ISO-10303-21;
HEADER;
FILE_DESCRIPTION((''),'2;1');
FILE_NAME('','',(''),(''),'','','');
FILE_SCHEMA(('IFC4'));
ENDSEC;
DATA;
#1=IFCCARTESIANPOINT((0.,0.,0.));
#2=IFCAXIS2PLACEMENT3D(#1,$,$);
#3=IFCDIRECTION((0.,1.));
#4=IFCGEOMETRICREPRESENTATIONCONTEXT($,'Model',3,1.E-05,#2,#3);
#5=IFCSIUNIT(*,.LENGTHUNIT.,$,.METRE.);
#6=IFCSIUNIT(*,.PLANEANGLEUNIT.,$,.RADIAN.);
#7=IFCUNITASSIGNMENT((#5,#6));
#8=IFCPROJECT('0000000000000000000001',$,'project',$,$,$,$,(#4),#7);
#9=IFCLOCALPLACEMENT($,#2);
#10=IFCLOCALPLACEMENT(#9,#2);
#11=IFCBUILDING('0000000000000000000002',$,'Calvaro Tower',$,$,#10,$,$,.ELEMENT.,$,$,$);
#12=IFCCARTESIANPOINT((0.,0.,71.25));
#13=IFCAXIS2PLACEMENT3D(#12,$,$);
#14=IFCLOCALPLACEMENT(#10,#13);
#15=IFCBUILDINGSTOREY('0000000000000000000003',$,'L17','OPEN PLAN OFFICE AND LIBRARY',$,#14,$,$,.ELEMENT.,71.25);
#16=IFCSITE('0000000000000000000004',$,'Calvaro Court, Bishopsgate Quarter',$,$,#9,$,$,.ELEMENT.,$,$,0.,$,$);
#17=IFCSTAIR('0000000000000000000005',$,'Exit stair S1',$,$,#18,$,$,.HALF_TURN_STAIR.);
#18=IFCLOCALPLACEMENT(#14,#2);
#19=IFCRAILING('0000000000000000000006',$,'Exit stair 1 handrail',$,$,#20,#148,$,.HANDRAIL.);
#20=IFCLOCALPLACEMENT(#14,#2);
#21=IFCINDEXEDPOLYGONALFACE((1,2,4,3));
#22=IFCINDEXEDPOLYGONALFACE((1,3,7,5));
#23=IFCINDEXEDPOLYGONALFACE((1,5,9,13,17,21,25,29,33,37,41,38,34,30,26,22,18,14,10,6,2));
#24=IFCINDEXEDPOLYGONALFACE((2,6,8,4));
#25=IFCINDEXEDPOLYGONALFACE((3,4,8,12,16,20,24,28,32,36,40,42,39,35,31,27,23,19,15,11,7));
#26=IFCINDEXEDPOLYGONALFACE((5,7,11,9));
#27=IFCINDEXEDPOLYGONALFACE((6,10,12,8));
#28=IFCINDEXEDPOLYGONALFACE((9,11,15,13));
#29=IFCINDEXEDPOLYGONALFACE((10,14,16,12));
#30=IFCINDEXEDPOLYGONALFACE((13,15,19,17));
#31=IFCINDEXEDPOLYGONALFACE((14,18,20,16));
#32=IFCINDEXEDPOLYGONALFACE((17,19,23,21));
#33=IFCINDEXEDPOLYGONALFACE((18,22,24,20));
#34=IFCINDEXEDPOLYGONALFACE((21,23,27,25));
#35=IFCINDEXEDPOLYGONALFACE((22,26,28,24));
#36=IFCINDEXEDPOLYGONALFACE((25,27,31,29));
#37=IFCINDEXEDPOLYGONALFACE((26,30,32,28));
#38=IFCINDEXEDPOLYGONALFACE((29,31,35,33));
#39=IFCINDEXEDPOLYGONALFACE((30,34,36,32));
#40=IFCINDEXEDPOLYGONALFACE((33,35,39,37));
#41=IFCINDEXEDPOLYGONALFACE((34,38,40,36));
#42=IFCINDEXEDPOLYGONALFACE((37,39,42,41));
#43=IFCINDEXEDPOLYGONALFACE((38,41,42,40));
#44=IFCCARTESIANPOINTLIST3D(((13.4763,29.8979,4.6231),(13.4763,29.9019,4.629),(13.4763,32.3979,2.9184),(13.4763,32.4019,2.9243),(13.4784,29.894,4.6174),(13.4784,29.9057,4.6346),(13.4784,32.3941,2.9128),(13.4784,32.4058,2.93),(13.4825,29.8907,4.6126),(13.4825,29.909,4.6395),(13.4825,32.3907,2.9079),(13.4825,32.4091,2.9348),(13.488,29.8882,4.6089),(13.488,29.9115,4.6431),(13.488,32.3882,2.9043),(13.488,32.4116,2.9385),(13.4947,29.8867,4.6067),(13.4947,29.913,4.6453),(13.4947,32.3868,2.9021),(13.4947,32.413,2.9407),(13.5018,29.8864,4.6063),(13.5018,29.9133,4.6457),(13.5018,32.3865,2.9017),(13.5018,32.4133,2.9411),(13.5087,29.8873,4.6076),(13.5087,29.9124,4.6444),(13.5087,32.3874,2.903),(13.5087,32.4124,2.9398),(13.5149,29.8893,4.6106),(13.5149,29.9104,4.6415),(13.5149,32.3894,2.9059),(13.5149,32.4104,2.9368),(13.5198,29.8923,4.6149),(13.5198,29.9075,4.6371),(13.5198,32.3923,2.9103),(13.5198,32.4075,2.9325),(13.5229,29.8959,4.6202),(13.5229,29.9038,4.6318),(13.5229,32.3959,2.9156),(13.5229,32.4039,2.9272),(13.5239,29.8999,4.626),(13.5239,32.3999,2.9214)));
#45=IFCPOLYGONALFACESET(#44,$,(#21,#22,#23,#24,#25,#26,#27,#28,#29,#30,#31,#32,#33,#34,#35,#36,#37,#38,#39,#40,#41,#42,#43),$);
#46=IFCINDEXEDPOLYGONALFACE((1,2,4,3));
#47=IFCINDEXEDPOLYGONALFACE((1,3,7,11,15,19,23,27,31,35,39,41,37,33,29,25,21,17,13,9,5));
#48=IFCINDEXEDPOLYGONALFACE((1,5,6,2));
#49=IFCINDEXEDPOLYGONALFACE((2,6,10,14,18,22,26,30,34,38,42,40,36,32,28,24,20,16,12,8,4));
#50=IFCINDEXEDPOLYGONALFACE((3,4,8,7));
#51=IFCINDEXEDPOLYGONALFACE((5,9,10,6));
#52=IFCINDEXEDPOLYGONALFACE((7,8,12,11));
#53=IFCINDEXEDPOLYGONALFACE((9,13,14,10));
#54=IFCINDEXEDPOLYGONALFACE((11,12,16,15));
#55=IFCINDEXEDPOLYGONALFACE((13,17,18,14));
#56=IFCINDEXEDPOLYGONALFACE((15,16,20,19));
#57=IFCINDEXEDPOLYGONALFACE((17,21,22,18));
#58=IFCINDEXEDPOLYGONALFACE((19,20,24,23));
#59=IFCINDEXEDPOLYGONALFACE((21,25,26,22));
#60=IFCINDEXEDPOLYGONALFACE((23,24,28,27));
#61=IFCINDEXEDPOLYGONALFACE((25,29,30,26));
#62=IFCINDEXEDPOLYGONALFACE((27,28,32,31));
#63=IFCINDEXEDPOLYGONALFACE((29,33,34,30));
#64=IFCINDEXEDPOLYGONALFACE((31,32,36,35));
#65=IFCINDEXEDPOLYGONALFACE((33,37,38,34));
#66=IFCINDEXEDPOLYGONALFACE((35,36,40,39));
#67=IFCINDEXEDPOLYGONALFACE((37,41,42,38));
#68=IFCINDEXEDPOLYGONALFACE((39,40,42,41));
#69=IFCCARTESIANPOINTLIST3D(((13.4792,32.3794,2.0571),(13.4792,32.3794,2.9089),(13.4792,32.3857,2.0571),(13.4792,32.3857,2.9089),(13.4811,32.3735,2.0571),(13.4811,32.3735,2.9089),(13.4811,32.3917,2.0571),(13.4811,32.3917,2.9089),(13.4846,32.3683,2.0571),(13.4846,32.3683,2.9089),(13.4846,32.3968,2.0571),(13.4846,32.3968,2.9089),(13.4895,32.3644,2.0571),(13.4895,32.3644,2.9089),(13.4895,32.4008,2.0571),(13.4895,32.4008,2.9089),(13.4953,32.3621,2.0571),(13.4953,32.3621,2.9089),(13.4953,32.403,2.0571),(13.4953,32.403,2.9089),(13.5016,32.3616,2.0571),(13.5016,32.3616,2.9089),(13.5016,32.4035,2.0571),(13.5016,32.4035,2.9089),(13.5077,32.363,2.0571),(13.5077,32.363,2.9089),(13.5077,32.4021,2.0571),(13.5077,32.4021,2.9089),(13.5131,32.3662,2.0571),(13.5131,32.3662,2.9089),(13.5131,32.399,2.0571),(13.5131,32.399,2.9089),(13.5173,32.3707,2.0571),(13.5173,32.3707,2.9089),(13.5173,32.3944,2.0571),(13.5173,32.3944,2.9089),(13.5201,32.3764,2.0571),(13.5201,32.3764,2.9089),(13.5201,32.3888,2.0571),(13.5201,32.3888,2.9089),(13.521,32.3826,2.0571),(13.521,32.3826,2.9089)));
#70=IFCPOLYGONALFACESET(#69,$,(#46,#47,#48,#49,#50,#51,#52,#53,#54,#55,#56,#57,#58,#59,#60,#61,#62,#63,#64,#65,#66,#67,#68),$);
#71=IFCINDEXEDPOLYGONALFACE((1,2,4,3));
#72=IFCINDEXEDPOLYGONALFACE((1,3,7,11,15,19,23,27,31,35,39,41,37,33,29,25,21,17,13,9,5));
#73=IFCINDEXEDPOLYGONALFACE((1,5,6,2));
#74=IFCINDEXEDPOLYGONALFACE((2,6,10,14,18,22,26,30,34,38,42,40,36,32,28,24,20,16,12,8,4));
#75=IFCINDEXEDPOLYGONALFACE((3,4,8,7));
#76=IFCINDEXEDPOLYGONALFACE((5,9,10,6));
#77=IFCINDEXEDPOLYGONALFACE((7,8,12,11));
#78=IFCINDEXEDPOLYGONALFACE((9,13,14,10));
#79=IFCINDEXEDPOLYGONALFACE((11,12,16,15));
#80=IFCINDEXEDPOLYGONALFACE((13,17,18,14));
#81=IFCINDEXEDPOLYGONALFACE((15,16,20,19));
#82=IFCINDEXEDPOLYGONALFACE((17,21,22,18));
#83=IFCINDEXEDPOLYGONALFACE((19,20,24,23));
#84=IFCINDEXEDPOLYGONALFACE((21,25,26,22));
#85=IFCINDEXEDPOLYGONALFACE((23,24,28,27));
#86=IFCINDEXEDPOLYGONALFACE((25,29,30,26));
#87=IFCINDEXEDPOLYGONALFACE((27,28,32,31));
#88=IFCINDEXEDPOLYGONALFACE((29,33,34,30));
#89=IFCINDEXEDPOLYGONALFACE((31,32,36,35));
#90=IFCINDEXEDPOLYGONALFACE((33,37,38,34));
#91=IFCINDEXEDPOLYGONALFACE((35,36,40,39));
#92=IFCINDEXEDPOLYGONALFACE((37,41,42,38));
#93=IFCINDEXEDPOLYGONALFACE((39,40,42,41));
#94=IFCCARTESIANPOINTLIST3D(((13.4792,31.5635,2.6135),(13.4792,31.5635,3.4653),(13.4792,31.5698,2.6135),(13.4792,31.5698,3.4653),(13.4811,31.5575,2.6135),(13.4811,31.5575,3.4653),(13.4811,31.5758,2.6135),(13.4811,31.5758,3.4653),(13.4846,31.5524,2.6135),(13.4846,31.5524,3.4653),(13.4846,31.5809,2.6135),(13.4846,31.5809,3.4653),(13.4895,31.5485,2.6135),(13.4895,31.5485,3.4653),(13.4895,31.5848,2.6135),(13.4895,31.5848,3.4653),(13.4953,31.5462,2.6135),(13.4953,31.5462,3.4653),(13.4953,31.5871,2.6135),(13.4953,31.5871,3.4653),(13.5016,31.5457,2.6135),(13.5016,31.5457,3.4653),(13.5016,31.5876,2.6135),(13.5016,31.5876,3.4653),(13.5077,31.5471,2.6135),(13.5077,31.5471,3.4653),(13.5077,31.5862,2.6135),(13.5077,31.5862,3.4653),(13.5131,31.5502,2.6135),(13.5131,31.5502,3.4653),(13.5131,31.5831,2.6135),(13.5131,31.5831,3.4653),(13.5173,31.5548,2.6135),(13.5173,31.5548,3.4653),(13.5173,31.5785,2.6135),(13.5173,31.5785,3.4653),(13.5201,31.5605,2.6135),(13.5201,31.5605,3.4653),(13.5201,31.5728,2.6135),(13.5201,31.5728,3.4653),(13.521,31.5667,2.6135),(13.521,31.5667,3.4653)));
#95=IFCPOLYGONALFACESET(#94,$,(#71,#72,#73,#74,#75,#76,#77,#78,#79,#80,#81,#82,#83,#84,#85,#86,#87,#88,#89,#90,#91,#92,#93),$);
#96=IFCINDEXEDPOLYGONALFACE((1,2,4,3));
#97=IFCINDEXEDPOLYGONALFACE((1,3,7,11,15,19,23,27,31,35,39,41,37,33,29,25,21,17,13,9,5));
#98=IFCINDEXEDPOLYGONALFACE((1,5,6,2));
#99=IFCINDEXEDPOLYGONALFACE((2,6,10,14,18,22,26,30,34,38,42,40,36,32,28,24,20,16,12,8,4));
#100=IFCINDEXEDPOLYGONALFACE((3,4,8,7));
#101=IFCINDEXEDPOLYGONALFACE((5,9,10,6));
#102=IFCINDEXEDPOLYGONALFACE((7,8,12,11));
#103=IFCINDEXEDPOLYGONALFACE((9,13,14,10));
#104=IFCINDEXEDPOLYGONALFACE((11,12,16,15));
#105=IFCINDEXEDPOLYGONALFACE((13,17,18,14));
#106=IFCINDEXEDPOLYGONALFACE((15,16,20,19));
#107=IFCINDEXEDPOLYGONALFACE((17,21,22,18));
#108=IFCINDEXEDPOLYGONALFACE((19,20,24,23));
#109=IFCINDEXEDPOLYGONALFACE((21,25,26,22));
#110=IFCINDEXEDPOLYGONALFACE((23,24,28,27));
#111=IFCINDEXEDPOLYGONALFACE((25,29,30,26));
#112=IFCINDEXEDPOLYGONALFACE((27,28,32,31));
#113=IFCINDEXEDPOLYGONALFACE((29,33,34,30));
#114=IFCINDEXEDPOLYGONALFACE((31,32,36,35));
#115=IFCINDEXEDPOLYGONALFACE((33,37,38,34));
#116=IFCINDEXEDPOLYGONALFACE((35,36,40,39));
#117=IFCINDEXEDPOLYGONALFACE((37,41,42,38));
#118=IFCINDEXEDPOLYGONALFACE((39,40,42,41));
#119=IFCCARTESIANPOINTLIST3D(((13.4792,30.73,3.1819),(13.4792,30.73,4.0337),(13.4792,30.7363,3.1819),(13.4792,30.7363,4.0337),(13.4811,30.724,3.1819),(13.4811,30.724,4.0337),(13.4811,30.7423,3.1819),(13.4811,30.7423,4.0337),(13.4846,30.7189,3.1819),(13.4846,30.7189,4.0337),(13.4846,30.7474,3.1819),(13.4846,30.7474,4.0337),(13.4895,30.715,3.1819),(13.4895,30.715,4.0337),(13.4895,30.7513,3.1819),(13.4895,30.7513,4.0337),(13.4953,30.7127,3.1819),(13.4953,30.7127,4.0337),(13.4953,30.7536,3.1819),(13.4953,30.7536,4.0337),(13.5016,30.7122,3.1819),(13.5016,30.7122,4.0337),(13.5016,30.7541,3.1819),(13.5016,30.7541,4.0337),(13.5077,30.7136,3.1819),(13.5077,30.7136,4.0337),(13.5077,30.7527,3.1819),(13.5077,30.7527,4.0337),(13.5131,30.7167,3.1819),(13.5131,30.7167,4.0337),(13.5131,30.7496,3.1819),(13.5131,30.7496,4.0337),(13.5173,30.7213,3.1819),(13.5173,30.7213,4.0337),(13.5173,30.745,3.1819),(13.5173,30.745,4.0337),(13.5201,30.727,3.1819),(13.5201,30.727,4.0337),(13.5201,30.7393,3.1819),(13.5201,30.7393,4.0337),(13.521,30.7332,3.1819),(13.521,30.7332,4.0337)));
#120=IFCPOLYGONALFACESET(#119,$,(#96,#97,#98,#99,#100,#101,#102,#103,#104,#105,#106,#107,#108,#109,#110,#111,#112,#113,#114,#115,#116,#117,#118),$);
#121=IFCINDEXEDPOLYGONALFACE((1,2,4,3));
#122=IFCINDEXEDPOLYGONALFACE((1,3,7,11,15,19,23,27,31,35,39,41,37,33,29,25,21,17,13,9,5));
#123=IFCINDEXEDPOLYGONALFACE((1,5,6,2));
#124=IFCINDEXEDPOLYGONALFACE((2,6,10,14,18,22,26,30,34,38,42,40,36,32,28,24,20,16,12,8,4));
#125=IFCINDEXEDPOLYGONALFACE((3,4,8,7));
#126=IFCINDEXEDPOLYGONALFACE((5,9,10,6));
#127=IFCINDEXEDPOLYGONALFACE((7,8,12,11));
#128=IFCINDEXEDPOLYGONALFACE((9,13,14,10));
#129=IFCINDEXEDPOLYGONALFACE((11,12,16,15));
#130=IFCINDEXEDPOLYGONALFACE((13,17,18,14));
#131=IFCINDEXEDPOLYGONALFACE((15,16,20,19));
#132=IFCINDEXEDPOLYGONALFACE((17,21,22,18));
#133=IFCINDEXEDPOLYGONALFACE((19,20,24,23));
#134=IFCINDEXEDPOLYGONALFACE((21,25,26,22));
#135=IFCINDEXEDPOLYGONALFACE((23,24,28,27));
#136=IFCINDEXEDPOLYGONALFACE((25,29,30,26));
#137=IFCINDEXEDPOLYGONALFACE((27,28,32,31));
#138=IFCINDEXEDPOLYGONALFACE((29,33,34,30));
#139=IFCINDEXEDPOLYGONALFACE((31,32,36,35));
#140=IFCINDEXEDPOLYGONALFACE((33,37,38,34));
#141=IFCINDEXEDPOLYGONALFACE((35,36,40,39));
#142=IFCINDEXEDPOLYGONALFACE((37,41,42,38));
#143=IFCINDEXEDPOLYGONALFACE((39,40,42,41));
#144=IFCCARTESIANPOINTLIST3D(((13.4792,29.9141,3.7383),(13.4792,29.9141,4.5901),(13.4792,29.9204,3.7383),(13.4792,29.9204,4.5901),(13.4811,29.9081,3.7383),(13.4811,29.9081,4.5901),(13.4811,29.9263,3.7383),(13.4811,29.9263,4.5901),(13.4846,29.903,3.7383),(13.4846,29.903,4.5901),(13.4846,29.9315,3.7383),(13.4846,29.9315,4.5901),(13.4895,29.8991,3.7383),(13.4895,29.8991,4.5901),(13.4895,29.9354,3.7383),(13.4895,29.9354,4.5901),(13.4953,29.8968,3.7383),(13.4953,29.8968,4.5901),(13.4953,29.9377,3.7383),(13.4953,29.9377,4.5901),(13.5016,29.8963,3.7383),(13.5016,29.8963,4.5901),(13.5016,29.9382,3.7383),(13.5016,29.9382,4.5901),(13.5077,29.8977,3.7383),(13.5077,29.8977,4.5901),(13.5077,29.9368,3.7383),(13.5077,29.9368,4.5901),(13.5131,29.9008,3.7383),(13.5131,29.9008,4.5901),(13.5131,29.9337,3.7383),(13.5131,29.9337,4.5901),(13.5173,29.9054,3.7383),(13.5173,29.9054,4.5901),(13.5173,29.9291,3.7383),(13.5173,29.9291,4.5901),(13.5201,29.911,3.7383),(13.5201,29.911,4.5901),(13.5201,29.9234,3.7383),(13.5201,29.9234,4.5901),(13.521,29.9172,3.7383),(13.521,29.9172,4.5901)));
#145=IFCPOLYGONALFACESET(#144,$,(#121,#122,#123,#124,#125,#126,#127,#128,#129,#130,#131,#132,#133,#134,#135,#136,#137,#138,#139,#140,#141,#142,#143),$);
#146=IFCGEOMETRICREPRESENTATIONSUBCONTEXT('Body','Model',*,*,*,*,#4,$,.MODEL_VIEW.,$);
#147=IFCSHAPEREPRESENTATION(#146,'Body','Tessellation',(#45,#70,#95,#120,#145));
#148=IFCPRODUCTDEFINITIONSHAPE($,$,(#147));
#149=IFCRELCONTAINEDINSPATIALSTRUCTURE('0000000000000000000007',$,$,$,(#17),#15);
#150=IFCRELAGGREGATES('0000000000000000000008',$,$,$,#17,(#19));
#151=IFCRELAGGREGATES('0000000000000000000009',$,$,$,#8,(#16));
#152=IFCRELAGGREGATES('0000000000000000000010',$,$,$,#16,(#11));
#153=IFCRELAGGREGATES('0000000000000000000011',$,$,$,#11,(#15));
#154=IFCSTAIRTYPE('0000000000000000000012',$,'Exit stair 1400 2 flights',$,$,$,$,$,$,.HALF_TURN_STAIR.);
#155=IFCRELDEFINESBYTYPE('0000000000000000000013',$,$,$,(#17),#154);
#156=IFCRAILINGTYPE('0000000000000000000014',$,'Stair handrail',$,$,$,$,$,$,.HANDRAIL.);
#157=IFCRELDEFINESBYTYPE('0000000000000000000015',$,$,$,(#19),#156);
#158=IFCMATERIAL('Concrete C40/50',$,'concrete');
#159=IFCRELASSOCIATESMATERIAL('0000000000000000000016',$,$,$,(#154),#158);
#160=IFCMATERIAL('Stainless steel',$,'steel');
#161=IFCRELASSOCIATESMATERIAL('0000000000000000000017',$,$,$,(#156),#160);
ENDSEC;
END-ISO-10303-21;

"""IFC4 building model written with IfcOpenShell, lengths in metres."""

from ifc_helpers import new_model, si_unit, direction, frame, origin, origin_2d, place, context, subcontext, project, spatial, circle, extrude, material, type_object, element, aggregate, save


model = new_model("IFC4")

# Units and contexts
model_context = context("Model", 3, precision=1e-05, world=origin(), true_north=direction((0.0, 1.0)))
body_context = subcontext(model_context, "Body", "Model", "MODEL_VIEW")
ifc_project = project(units=[si_unit("LENGTHUNIT", "METRE"), si_unit("PLANEANGLEUNIT", "RADIAN")], contexts=[model_context])

# Site, building, storey
site_placement = place(None, origin())
site = spatial("IfcSite", under=ifc_project, at=site_placement, Name="Calvaro Court, Bishopsgate Quarter", CompositionType="ELEMENT", RefElevation=0.0)
building_placement = place(site_placement, origin())
building = spatial("IfcBuilding", under=site, at=building_placement, Name="Calvaro Tower", CompositionType="ELEMENT")
storey_placement = place(building_placement, frame((0.0, 0.0, 71.25)))
storey = spatial("IfcBuildingStorey", under=building, at=storey_placement, Name="L17", Description="OPEN PLAN OFFICE AND LIBRARY", CompositionType="ELEMENT", Elevation=71.25)

# Stair, railing
ifc_material_1 = material(Name="Concrete C40/50", Category="concrete")
stair_type = type_object("IfcStairType", Name="Exit stair 1400 2 flights", PredefinedType="HALF_TURN_STAIR", material=ifc_material_1)
stair_placement = place(storey_placement, origin())
stair = element("IfcStair", 1, at=stair_placement, inside=storey, type_object=stair_type, Name="Exit stair S1", PredefinedType="HALF_TURN_STAIR")
ifc_material_2 = material(Name="Stainless steel", Category="steel")
railing_type = type_object("IfcRailingType", Name="Stair handrail", PredefinedType="HANDRAIL", material=ifc_material_2)
railing_1_placement = place(storey_placement, frame((13.5, 32.3999, 2.0454)))
railing_1 = element("IfcRailing", 2, at=railing_1_placement, type_object=railing_type, Name="Exit stair 1 handrail", PredefinedType="HANDRAIL", context=body_context, shape_type="SweptSolid", body=[
    extrude(circle(Radius=0.0239, at=origin_2d()), frame((0.0, 0.0, 0.876), z_axis=(0.0, -0.826221, 0.563347), x_axis=(1.0, 0.0, 0.0)), (0.0, 0.0, 1.0), 3.0259),
    extrude(circle(Radius=0.021, at=origin_2d()), frame((0.0, -0.0173, 0.0117)), (0.0, 0.0, 1.0), 0.8518),
    extrude(circle(Radius=0.021, at=origin_2d()), frame((0.0, -0.8333, 0.5681)), (0.0, 0.0, 1.0), 0.8518),
    extrude(circle(Radius=0.021, at=origin_2d()), frame((0.0, -1.6667, 1.1365)), (0.0, 0.0, 1.0), 0.8518),
    extrude(circle(Radius=0.021, at=origin_2d()), frame((0.0, -2.4827, 1.6929)), (0.0, 0.0, 1.0), 0.8518),
])
aggregate(stair, [railing_1])

save(model, "model.ifc")
